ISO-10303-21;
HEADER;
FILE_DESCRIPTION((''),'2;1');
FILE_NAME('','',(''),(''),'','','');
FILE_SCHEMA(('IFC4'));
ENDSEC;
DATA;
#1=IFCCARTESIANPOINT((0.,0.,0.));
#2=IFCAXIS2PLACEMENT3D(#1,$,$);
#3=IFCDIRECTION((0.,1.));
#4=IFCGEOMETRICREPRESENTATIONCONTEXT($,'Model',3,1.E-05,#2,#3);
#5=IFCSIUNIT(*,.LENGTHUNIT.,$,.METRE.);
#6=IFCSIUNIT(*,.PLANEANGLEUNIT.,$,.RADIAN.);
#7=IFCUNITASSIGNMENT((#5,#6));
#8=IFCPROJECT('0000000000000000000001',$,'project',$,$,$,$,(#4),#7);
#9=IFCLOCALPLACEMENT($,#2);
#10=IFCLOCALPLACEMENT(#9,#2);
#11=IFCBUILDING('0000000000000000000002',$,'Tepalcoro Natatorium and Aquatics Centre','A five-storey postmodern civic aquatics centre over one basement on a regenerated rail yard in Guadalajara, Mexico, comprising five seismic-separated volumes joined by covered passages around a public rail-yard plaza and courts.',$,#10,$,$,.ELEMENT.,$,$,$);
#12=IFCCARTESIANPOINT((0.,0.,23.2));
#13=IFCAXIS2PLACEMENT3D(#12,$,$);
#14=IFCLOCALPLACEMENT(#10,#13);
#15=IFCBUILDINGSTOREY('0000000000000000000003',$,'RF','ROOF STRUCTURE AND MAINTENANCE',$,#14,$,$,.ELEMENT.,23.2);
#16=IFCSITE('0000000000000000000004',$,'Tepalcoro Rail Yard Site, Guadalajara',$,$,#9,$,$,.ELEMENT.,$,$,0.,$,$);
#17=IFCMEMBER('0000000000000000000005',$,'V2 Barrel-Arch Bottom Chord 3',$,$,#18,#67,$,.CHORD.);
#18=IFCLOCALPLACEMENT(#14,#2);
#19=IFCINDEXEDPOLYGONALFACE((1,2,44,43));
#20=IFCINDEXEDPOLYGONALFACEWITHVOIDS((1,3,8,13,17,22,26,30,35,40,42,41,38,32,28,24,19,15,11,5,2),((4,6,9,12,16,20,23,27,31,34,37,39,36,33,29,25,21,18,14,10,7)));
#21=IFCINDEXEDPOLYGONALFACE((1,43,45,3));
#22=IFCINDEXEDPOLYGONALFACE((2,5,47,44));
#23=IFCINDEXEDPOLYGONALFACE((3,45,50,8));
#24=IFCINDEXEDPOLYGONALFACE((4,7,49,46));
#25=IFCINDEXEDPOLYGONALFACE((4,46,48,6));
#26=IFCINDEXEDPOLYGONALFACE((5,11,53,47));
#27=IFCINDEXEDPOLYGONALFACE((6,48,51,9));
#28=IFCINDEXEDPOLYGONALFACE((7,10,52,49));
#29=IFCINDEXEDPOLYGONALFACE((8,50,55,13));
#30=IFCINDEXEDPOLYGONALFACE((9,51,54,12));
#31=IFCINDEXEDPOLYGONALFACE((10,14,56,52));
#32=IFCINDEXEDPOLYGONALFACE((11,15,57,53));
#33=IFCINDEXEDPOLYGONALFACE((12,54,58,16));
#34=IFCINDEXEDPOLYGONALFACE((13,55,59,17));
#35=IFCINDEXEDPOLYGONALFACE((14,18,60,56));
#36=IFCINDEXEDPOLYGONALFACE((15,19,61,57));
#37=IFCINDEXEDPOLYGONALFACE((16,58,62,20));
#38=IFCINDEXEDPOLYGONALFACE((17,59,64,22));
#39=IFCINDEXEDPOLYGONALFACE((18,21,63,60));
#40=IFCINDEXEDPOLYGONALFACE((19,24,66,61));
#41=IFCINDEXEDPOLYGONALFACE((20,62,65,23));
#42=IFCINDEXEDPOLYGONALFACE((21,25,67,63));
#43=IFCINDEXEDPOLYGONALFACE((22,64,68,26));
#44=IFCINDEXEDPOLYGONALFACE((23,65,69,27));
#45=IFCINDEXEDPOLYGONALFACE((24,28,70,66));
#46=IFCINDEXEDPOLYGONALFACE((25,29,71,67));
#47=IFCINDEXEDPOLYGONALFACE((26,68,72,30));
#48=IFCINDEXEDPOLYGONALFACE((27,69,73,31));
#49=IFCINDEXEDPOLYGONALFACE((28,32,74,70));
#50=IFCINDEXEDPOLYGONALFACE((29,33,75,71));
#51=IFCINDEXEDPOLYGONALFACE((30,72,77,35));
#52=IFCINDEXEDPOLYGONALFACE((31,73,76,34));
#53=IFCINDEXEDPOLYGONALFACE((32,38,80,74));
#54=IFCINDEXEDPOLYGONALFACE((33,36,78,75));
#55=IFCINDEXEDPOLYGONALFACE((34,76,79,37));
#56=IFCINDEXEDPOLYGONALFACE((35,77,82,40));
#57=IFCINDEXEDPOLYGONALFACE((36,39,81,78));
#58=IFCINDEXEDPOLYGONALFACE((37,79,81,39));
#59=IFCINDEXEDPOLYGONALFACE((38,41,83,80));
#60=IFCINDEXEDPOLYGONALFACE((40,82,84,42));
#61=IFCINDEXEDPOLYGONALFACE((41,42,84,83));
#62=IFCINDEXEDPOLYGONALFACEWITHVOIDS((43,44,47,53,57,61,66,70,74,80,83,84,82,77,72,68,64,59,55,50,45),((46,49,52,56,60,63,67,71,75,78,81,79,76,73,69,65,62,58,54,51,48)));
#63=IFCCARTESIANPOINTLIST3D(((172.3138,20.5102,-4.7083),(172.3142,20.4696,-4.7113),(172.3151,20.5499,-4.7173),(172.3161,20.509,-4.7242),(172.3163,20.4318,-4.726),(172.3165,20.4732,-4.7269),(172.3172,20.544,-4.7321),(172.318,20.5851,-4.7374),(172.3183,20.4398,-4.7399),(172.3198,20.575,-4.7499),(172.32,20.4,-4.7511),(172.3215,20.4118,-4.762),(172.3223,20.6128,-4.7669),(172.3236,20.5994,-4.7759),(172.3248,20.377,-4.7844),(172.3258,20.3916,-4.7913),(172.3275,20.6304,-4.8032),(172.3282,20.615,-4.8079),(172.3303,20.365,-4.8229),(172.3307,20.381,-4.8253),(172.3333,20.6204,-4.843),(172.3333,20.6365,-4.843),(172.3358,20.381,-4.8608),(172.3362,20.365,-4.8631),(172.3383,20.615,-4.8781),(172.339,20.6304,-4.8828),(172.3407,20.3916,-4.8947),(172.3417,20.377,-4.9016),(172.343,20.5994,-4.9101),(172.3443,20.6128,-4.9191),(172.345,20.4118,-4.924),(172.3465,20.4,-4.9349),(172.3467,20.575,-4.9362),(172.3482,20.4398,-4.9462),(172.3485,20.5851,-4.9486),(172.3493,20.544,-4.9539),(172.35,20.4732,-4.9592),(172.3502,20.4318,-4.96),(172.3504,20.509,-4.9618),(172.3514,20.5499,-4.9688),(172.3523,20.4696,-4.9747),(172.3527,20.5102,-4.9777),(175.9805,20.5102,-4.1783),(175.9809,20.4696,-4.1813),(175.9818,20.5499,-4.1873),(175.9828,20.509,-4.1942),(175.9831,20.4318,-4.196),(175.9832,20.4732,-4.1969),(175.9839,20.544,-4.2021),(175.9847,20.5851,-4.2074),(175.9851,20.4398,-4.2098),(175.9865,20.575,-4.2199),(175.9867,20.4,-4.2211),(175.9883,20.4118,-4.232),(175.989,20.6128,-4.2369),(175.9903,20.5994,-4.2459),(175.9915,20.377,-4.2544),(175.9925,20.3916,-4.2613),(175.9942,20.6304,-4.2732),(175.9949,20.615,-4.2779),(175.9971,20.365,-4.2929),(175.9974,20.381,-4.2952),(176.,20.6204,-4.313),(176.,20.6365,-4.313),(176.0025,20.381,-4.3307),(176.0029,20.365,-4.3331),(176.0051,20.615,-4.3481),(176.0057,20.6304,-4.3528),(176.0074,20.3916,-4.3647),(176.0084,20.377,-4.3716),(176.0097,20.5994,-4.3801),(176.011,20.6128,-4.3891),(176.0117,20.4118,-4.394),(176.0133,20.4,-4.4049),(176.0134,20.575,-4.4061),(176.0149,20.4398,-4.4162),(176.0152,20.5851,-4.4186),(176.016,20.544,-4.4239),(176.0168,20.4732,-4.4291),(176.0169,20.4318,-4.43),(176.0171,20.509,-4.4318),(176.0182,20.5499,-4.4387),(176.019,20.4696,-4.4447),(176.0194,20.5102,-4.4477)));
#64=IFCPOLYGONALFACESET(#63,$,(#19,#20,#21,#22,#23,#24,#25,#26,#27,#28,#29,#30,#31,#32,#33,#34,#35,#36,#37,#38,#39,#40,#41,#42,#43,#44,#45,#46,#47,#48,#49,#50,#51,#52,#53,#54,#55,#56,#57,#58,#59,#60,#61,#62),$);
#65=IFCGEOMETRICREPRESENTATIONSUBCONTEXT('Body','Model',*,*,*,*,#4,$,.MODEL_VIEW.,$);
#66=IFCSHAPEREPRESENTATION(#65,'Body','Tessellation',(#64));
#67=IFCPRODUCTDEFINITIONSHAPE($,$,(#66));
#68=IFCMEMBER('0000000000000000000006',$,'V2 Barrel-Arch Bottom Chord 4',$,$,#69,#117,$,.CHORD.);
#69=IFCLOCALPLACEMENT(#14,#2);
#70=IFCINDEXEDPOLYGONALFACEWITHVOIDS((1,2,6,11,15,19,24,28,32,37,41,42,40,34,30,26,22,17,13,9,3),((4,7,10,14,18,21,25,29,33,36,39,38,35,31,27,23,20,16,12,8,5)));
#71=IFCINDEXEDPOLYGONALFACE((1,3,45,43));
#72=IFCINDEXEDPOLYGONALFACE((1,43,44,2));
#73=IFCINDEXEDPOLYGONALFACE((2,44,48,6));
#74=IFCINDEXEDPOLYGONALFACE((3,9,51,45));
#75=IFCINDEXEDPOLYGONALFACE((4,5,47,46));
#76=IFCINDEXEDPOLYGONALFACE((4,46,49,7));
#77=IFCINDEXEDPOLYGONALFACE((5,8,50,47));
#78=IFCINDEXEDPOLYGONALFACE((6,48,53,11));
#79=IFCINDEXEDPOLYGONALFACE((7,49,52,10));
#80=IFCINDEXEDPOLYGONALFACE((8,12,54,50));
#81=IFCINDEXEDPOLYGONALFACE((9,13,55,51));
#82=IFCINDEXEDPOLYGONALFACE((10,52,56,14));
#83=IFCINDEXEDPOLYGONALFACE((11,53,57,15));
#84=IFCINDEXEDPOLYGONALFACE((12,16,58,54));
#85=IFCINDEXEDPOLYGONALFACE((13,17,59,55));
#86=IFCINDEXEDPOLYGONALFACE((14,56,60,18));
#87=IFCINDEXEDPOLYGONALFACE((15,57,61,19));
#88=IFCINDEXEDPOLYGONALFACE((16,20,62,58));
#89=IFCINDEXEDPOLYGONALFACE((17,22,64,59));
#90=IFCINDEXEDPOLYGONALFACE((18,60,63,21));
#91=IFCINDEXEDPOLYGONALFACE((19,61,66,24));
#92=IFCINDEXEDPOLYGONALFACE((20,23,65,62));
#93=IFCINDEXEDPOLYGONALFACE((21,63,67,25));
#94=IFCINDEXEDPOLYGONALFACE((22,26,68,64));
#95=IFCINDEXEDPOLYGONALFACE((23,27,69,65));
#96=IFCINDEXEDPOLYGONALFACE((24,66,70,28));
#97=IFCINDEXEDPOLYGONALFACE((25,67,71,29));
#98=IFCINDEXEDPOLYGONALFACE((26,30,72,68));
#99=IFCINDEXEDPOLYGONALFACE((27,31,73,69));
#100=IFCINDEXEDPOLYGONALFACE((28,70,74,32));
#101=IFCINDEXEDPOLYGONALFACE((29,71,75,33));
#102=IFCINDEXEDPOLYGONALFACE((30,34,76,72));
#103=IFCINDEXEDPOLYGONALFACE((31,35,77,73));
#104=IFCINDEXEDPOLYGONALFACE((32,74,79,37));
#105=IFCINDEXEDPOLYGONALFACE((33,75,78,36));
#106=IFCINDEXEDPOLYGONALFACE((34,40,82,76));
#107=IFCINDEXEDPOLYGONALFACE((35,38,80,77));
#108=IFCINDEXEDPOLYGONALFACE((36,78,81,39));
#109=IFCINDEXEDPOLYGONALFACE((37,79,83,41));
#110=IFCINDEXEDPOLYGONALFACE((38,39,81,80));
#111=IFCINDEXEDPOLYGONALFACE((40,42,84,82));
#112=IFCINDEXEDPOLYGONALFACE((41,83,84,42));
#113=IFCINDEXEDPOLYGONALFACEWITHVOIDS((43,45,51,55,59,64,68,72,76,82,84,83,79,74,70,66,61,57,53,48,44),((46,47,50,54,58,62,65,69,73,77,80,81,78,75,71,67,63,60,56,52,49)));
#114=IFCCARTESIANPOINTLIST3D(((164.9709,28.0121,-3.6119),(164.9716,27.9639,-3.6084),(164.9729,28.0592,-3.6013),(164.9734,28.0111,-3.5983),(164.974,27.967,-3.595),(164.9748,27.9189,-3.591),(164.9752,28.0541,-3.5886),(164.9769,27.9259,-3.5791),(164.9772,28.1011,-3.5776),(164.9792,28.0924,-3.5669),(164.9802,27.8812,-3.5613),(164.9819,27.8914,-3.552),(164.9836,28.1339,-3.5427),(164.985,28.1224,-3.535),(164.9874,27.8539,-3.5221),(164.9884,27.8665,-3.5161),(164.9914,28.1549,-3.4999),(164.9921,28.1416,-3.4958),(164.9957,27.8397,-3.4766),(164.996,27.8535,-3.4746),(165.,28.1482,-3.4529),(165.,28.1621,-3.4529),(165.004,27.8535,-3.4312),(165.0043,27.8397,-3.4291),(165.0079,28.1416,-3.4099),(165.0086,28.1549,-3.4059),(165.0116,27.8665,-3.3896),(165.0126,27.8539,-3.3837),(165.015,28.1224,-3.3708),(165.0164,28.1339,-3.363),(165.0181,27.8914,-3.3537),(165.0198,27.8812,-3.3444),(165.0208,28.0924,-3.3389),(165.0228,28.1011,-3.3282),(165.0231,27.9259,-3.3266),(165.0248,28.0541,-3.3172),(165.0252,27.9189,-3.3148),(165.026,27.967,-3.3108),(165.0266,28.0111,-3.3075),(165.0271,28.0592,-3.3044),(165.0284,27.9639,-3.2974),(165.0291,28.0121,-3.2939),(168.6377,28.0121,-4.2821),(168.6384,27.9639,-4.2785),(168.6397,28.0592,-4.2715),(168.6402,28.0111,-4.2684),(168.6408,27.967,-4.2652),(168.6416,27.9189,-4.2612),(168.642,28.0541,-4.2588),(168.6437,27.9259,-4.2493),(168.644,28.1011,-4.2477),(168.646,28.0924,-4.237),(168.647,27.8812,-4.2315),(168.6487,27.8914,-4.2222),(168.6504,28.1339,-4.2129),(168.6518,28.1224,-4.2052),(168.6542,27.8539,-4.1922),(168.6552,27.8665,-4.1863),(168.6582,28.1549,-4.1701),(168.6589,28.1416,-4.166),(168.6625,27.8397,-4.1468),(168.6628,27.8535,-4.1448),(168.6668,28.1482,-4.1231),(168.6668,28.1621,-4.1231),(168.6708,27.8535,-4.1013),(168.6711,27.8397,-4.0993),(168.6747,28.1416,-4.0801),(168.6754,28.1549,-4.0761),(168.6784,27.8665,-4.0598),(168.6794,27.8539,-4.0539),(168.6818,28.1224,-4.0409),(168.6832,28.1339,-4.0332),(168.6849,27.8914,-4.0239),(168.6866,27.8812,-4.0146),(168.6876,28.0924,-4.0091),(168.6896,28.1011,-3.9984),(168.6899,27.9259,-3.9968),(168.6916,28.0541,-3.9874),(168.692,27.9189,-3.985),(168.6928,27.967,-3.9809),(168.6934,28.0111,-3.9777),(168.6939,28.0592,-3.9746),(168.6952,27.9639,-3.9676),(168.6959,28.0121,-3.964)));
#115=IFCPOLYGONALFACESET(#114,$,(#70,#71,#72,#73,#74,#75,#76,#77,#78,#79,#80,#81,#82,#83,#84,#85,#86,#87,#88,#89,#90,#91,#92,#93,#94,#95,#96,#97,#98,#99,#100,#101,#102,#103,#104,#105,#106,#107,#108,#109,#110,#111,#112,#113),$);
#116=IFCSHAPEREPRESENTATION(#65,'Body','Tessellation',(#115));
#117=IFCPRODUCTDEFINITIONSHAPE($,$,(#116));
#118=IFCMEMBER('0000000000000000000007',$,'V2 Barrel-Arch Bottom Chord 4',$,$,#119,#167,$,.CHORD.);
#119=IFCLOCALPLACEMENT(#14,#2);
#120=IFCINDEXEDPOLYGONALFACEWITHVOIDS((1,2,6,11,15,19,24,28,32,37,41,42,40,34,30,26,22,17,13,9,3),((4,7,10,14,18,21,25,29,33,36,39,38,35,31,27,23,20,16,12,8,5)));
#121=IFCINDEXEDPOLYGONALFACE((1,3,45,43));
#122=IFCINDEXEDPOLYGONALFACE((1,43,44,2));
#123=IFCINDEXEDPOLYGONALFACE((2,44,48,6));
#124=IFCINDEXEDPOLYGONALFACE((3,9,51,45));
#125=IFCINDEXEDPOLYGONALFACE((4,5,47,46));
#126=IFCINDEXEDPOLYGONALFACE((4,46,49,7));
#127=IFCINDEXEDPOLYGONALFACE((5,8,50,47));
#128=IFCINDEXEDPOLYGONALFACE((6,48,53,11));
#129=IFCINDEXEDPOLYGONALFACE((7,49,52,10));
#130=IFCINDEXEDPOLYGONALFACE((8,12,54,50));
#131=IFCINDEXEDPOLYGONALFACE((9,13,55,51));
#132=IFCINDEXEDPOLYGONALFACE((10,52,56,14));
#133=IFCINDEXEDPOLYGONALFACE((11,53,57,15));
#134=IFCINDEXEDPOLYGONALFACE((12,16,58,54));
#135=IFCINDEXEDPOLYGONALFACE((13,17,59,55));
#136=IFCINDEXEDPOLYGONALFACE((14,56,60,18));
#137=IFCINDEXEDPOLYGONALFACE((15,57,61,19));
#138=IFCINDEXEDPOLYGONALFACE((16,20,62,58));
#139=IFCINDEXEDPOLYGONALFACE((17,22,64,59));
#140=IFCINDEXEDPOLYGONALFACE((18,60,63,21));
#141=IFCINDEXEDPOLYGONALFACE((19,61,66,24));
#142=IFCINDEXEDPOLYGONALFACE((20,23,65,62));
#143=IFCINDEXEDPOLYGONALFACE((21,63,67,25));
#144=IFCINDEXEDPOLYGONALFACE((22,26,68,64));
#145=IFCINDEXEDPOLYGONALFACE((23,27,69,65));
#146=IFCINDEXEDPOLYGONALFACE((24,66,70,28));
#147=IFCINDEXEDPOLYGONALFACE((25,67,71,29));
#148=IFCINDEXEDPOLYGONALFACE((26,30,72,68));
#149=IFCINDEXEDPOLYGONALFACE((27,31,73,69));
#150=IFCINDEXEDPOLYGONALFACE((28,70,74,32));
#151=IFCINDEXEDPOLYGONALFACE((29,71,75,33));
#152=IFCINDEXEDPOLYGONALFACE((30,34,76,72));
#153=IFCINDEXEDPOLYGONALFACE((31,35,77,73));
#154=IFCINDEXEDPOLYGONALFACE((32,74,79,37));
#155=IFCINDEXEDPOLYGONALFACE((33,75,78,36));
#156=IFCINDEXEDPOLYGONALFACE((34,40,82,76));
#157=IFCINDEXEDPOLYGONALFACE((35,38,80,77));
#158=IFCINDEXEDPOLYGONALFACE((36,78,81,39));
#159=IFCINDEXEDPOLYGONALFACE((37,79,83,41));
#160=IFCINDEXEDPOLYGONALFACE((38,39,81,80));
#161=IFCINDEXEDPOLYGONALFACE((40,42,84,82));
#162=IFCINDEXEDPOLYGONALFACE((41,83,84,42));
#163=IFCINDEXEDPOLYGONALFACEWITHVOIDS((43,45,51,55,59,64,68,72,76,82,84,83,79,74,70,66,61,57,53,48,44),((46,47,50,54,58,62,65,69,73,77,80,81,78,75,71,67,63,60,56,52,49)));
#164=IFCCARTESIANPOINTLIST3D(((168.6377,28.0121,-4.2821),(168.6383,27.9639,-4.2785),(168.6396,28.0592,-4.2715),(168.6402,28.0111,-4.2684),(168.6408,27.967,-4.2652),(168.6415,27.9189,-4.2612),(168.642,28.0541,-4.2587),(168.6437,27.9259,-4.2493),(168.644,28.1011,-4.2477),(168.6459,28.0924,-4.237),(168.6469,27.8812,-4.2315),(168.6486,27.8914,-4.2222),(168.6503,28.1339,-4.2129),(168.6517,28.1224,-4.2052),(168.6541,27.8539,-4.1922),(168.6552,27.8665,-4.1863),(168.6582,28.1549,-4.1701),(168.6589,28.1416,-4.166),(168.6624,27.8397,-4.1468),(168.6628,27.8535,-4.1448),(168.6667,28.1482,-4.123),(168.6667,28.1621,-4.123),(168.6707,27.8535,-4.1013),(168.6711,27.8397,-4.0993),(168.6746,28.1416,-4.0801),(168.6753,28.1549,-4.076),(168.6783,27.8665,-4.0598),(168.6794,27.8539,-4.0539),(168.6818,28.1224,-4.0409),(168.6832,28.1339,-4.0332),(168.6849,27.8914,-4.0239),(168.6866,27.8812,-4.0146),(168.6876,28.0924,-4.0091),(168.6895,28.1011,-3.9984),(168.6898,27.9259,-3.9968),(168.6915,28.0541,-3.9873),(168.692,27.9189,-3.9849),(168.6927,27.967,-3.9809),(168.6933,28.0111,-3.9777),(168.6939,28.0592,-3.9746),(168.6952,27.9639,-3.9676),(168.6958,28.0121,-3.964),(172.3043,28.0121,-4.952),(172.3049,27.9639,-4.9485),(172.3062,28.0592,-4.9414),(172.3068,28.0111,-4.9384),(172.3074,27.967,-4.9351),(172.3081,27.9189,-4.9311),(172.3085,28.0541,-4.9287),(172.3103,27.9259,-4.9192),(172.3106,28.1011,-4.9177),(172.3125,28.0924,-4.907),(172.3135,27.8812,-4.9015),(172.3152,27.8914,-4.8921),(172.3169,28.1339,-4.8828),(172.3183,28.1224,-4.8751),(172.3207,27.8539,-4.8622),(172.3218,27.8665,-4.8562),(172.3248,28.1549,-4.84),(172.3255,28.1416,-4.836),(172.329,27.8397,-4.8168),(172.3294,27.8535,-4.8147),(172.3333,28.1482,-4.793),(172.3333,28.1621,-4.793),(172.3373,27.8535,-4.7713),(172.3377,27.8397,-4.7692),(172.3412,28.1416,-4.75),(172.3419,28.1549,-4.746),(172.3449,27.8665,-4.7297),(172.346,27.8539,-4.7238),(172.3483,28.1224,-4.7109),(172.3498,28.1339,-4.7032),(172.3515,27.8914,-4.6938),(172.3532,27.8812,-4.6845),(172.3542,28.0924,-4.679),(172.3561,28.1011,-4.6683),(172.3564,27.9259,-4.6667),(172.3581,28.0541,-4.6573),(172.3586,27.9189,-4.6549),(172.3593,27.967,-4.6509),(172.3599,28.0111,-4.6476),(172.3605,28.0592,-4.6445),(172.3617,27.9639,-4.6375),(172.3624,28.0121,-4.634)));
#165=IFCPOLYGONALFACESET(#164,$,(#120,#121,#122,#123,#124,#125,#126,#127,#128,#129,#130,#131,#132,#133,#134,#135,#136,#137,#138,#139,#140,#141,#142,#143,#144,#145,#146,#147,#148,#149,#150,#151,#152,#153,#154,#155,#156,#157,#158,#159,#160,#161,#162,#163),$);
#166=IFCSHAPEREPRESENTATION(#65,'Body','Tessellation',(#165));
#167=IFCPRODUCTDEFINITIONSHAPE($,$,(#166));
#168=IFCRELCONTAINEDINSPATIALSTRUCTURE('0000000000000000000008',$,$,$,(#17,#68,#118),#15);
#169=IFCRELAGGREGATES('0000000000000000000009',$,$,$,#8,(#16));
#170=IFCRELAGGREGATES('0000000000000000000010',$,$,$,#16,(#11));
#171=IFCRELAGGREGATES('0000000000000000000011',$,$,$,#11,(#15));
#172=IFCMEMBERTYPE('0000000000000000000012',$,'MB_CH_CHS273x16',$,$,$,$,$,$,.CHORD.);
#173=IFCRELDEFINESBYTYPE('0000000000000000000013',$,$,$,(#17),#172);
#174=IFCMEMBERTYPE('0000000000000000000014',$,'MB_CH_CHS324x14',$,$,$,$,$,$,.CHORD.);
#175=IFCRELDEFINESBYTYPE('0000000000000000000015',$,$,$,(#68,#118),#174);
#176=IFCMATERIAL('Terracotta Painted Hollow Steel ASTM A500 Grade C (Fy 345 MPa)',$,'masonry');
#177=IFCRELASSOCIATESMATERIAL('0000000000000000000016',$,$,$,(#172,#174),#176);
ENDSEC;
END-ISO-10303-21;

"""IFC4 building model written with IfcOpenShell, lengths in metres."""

from ifc_helpers import new_model, si_unit, direction, frame, origin, origin_2d, place, context, subcontext, project, spatial, hollow_circle, extrude, material, material_profile, profile_set, type_object, element, save


model = new_model("IFC4")

# Units and contexts
model_context = context("Model", 3, precision=1e-05, world=origin(), true_north=direction((0.0, 1.0)))
body_context = subcontext(model_context, "Body", "Model", "MODEL_VIEW")
ifc_project = project(units=[si_unit("LENGTHUNIT", "METRE"), si_unit("PLANEANGLEUNIT", "RADIAN")], contexts=[model_context])

# Site, building, storey
site_placement = place(None, origin())
site = spatial("IfcSite", under=ifc_project, at=site_placement, Name="Tepalcoro Rail Yard Site, Guadalajara", CompositionType="ELEMENT", RefElevation=0.0)
building_placement = place(site_placement, origin())
building = spatial("IfcBuilding", under=site, at=building_placement, Name="Tepalcoro Natatorium and Aquatics Centre", Description="A five-storey postmodern civic aquatics centre over one basement on a regenerated rail yard in Guadalajara, Mexico, comprising five seismic-separated volumes joined by covered passages around a public rail-yard plaza and courts.", CompositionType="ELEMENT")
storey_placement = place(building_placement, frame((0.0, 0.0, 23.2)))
storey = spatial("IfcBuildingStorey", under=building, at=storey_placement, Name="RF", Description="ROOF STRUCTURE AND MAINTENANCE", CompositionType="ELEMENT", Elevation=23.2)

# Shared definitions
ifc_material_1 = material(Name="Terracotta Painted Hollow Steel ASTM A500 Grade C (Fy 345 MPa)", Category="masonry")

# Members
ifc_material_profile_1 = material_profile(ifc_material_1, hollow_circle(Radius=0.1365, WallThickness=0.0161, at=origin_2d()), Name="CHS273X16")
ifc_profile_set_1 = profile_set([ifc_material_profile_1], Name="Terracotta Painted Hollow Steel ASTM A500 Grade C (Fy 345 MPa)")
member_type_1 = type_object("IfcMemberType", Name="MB_CH_CHS273x16", PredefinedType="CHORD", material=ifc_profile_set_1)
member_1_placement = place(storey_placement, frame((172.3333, 20.5, -4.843), z_axis=(0.989714, 0.0, 0.143063), x_axis=(0.0, 1.0, 0.0)))
element("IfcMember", 1, at=member_1_placement, inside=storey, type_object=member_type_1, Name="V2 Barrel-Arch Bottom Chord 3", PredefinedType="CHORD", context=body_context, shape_type="SweptSolid", body=[
    extrude(hollow_circle(Radius=0.1365, WallThickness=0.0161, at=origin_2d()), origin(), (0.0, 0.0, 1.0), 3.7048),
])
ifc_material_profile_2 = material_profile(ifc_material_1, hollow_circle(Radius=0.1621, WallThickness=0.0139, at=origin_2d()), Name="CHS324X14")
ifc_profile_set_2 = profile_set([ifc_material_profile_2], Name="Terracotta Painted Hollow Steel ASTM A500 Grade C (Fy 345 MPa)")
member_type_2 = type_object("IfcMemberType", Name="MB_CH_CHS324x14", PredefinedType="CHORD", material=ifc_profile_set_2)
member_2_placement = place(storey_placement, frame((165.0, 28.0, -3.4529), z_axis=(0.983705, 0.0, -0.17979), x_axis=(0.0, 1.0, 0.0)))
element("IfcMember", 2, at=member_2_placement, inside=storey, type_object=member_type_2, Name="V2 Barrel-Arch Bottom Chord 4", PredefinedType="CHORD", context=body_context, shape_type="SweptSolid", body=[
    extrude(hollow_circle(Radius=0.1621, WallThickness=0.0139, at=origin_2d()), origin(), (0.0, 0.0, 1.0), 3.7275),
])
member_3_placement = place(storey_placement, frame((168.6667, 28.0, -4.123), z_axis=(0.983714, 0.0, -0.179738), x_axis=(0.0, 1.0, 0.0)))
element("IfcMember", 3, at=member_3_placement, inside=storey, type_object=member_type_2, Name="V2 Barrel-Arch Bottom Chord 4", PredefinedType="CHORD", context=body_context, shape_type="SweptSolid", body=[
    extrude(hollow_circle(Radius=0.1621, WallThickness=0.0139, at=origin_2d()), origin(), (0.0, 0.0, 1.0), 3.7273),
])

save(model, "model.ifc")
